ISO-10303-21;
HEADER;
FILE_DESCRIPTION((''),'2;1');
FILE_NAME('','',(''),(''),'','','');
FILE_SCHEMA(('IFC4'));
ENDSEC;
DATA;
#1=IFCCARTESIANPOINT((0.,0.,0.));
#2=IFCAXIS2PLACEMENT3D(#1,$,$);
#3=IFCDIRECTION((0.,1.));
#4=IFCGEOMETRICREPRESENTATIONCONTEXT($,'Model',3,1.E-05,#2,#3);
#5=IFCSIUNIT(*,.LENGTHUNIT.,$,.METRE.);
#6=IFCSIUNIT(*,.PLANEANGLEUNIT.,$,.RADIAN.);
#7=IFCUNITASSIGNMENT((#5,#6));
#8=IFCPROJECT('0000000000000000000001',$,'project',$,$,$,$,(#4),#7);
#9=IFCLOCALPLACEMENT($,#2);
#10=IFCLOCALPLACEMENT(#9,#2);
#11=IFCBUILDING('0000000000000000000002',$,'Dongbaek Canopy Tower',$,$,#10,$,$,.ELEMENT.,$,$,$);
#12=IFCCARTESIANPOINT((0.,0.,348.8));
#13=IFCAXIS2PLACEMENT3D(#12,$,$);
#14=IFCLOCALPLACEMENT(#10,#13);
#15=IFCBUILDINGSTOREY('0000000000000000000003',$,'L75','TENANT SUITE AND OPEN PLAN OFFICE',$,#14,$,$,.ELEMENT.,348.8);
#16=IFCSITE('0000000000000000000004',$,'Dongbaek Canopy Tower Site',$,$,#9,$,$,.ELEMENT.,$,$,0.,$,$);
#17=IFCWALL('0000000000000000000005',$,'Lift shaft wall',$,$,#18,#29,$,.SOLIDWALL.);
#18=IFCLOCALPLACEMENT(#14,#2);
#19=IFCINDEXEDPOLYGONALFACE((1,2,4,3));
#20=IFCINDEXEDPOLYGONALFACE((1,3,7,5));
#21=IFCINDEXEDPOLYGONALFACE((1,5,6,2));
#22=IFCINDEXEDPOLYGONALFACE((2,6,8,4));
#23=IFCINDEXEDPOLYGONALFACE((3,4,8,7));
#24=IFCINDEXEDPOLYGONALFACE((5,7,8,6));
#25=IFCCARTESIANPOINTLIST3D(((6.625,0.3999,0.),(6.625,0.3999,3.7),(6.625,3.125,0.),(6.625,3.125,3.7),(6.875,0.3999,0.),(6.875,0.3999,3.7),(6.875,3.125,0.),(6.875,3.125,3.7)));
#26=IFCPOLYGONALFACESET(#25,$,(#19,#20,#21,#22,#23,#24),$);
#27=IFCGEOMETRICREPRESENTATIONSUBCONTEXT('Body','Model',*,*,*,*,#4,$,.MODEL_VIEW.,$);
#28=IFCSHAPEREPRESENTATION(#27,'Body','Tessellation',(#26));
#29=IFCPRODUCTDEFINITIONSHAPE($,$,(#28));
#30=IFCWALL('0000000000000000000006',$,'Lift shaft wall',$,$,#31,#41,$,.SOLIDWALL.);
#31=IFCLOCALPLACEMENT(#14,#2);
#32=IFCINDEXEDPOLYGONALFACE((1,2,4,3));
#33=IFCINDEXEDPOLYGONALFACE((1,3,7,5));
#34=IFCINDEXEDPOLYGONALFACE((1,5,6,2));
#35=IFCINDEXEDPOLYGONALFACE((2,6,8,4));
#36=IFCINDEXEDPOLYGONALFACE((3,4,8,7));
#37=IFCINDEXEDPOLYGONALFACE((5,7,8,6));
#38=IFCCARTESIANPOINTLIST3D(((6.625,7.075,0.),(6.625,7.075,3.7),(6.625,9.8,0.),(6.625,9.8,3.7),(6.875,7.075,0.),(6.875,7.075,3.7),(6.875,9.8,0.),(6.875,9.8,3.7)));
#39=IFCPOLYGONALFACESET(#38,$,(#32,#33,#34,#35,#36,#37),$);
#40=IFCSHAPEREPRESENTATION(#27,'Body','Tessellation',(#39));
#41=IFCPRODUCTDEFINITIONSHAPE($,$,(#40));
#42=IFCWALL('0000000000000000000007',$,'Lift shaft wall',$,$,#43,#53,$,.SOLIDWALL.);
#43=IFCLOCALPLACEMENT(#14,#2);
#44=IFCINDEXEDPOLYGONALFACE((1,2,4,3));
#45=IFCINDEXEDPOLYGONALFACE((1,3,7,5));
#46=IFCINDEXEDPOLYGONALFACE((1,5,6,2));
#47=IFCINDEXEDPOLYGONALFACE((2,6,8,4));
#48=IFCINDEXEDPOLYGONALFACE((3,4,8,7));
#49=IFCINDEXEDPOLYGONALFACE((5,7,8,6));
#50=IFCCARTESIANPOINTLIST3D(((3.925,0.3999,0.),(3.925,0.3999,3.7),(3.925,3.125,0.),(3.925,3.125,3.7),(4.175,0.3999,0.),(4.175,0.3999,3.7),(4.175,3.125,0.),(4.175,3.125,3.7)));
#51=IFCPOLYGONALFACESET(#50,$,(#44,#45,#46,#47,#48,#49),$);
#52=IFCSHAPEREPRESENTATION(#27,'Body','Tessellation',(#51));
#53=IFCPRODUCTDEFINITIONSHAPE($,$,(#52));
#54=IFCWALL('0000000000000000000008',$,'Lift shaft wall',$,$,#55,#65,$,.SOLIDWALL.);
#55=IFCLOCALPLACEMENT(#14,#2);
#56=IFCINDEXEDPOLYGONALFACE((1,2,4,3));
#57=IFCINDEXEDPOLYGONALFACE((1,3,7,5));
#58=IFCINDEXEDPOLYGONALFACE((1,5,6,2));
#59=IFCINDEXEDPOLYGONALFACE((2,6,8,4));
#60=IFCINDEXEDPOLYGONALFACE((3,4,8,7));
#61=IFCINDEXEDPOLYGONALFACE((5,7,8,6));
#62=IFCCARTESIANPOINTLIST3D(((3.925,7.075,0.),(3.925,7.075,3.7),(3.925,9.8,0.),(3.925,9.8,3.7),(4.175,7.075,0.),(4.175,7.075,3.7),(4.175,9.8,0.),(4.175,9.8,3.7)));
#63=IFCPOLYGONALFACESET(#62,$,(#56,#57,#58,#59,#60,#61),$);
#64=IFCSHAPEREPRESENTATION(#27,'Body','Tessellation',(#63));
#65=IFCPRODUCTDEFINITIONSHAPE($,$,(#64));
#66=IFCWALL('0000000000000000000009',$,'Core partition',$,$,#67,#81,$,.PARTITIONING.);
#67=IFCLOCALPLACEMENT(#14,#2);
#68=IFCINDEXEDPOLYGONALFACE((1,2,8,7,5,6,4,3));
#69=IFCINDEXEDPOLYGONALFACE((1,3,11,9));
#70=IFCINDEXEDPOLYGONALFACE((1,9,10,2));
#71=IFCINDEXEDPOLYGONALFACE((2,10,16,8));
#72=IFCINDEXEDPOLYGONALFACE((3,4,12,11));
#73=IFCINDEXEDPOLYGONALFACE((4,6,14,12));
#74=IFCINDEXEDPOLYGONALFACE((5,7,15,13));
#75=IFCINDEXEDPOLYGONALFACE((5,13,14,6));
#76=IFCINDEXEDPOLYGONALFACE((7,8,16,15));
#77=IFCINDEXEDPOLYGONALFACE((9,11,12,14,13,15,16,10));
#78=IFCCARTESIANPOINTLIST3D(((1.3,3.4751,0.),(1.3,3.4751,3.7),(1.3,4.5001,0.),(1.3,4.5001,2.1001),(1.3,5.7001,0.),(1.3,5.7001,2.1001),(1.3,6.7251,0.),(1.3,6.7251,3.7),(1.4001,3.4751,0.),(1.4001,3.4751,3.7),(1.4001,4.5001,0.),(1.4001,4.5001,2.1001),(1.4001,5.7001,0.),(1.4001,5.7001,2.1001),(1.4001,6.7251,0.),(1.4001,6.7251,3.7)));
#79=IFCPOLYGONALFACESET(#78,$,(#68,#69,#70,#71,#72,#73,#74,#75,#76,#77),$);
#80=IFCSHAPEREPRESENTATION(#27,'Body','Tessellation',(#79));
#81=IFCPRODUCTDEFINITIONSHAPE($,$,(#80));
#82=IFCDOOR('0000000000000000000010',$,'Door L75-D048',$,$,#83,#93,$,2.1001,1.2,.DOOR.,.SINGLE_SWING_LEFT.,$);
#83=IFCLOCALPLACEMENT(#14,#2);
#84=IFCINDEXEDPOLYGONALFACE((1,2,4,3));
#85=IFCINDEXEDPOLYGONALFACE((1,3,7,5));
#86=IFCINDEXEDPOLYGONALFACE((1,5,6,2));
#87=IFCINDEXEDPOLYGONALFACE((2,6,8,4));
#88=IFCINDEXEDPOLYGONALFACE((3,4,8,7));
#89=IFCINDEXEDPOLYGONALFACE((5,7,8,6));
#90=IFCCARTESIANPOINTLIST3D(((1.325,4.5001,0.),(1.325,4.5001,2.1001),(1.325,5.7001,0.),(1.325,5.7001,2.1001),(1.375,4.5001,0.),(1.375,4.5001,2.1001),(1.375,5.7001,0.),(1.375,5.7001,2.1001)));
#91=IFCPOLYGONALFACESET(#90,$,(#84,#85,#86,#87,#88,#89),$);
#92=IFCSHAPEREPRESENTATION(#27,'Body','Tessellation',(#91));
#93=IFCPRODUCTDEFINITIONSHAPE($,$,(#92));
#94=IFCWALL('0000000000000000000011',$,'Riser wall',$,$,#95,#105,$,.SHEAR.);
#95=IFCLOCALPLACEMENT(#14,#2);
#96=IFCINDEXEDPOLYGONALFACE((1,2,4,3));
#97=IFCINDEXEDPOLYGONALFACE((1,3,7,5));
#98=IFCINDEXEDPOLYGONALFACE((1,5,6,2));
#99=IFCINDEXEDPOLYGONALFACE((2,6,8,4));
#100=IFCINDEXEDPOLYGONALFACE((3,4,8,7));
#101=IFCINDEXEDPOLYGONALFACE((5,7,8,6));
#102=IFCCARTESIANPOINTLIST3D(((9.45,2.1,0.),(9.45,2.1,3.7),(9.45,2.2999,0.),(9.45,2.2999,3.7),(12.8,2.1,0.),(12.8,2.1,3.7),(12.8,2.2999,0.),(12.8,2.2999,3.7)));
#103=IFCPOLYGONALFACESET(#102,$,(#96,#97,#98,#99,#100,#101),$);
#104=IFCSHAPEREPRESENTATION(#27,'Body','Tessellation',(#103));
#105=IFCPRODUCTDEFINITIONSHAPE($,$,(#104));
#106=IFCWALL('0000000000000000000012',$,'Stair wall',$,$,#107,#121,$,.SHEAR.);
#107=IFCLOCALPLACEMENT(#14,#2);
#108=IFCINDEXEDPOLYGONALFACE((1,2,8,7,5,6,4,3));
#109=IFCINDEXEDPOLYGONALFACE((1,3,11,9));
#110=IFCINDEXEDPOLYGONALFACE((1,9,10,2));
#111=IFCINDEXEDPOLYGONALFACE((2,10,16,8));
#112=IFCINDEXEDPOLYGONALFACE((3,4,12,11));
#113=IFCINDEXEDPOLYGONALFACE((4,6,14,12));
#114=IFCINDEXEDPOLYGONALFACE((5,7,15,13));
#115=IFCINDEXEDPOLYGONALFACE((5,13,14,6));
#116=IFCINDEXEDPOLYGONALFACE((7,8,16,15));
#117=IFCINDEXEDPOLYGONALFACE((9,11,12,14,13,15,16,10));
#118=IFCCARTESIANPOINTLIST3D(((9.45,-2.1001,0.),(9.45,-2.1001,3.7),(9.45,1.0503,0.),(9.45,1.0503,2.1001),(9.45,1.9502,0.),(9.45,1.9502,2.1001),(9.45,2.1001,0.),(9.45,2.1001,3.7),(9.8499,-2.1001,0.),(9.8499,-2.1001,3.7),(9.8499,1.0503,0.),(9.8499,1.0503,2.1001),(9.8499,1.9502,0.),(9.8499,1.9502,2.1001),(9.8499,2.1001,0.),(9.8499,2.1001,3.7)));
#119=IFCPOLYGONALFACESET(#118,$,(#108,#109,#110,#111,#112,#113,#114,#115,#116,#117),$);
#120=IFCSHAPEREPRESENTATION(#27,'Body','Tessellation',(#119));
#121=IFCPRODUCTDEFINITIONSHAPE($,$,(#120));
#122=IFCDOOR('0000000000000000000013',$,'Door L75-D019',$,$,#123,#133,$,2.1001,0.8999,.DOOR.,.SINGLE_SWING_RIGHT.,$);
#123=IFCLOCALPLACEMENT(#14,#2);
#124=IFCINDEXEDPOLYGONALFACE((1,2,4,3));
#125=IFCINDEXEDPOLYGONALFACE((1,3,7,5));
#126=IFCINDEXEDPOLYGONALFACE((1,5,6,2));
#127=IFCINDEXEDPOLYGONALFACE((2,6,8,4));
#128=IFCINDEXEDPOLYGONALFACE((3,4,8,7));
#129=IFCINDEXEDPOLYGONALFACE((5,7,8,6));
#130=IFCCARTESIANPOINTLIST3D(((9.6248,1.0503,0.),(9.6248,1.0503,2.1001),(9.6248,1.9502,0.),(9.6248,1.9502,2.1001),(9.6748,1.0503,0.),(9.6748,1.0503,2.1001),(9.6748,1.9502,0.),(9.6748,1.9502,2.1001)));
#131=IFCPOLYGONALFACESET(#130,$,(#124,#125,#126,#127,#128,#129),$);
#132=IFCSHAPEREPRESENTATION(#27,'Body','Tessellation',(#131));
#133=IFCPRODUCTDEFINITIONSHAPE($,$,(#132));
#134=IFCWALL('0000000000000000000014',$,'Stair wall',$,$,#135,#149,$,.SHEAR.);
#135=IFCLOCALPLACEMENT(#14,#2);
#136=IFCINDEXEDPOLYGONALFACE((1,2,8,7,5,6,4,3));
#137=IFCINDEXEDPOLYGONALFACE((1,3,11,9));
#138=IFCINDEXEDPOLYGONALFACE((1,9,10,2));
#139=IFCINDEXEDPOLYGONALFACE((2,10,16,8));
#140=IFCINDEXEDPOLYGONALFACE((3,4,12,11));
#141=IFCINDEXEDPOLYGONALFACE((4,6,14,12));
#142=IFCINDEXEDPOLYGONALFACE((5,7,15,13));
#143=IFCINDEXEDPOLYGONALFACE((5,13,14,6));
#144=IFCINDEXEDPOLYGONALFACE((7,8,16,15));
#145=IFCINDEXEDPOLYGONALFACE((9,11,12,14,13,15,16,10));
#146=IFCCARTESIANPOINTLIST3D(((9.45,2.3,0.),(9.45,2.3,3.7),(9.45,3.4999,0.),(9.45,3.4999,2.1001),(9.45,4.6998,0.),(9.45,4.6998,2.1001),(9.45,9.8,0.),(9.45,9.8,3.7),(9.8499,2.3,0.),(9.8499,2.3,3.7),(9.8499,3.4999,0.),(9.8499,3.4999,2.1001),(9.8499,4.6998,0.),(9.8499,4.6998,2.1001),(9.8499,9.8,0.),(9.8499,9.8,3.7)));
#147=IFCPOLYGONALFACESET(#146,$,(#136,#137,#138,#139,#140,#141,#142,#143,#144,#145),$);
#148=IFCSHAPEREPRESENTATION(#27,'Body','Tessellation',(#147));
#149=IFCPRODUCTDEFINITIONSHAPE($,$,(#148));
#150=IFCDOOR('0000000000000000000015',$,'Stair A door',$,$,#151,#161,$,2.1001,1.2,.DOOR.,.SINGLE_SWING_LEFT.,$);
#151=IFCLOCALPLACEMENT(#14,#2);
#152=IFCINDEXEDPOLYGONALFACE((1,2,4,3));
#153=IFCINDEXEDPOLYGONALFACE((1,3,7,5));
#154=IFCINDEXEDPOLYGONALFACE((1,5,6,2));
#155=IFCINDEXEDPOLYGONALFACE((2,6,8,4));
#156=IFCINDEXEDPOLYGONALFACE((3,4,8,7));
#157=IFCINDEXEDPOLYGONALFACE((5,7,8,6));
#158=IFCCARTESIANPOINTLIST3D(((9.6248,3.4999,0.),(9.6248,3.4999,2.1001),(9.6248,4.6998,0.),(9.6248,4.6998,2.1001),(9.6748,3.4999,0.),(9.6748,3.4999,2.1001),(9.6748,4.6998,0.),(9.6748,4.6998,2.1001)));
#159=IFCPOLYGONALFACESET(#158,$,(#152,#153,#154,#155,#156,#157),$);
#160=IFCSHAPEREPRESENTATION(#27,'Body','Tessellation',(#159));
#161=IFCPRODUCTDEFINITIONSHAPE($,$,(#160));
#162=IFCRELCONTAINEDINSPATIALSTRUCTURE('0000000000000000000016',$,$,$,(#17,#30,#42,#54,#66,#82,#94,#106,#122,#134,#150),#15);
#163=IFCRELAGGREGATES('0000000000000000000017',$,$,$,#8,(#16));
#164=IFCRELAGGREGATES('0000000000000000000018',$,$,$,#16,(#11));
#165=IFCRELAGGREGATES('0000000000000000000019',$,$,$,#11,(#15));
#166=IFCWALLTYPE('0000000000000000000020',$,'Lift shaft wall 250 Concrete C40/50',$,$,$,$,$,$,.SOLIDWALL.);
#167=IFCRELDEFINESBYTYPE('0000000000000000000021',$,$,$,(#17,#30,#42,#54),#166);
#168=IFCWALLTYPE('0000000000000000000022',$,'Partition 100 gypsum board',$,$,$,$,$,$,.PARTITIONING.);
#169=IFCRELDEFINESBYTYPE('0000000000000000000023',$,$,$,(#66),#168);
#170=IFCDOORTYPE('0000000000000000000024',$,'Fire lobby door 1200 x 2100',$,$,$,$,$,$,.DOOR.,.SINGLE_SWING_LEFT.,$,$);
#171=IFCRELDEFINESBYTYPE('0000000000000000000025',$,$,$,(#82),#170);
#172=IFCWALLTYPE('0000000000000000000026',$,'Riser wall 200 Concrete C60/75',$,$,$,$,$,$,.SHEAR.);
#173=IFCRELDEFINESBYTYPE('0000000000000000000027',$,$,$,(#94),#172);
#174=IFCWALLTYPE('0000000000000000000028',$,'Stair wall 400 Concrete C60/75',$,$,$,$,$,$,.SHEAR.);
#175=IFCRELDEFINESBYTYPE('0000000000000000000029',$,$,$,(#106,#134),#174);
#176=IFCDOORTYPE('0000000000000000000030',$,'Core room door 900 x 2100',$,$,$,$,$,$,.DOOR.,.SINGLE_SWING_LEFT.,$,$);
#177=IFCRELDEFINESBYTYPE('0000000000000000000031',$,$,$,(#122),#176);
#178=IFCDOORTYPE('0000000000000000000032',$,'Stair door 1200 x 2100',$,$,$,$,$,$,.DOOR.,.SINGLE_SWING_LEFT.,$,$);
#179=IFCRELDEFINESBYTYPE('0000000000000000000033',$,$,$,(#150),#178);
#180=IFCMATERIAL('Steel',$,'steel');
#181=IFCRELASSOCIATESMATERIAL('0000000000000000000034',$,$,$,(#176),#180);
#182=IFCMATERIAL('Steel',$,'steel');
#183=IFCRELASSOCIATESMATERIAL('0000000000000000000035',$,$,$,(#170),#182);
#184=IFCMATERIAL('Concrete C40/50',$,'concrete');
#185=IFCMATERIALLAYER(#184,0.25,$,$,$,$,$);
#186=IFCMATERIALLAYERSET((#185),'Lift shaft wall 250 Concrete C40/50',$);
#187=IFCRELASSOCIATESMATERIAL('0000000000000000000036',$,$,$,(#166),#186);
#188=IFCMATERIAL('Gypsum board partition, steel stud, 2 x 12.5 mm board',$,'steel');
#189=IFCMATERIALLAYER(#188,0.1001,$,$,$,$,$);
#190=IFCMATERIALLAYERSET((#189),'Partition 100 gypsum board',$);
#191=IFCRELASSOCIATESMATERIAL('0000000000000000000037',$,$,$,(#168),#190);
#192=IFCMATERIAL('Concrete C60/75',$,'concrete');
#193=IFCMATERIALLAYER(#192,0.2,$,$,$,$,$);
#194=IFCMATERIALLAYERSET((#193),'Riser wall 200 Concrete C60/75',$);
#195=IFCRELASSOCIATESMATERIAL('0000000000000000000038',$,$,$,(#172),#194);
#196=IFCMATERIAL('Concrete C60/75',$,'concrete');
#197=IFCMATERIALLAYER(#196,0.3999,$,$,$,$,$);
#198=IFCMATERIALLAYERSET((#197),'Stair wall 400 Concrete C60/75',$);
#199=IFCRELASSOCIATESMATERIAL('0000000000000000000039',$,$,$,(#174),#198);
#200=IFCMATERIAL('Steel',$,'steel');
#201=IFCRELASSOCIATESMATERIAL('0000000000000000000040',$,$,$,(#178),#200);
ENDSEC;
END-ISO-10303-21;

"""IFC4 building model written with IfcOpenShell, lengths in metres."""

from ifc_helpers import new_model, si_unit, direction, frame, frame_2d, origin, place, context, subcontext, project, spatial, rectangle, extrude, material, layer, layer_set, type_object, element, fill, save


model = new_model("IFC4")

# Units and contexts
model_context = context("Model", 3, precision=1e-05, world=origin(), true_north=direction((0.0, 1.0)))
body_context = subcontext(model_context, "Body", "Model", "MODEL_VIEW")
ifc_project = project(units=[si_unit("LENGTHUNIT", "METRE"), si_unit("PLANEANGLEUNIT", "RADIAN")], contexts=[model_context])

# Site, building, storey
site_placement = place(None, origin())
site = spatial("IfcSite", under=ifc_project, at=site_placement, Name="Dongbaek Canopy Tower Site", CompositionType="ELEMENT", RefElevation=0.0)
building_placement = place(site_placement, origin())
building = spatial("IfcBuilding", under=site, at=building_placement, Name="Dongbaek Canopy Tower", CompositionType="ELEMENT")
storey_placement = place(building_placement, frame((0.0, 0.0, 348.8)))
storey = spatial("IfcBuildingStorey", under=building, at=storey_placement, Name="L75", Description="TENANT SUITE AND OPEN PLAN OFFICE", CompositionType="ELEMENT", Elevation=348.8)

# Shared definitions
ifc_material_1 = material(Name="Steel", Category="steel")
door_type_1 = type_object("IfcDoorType", Name="Core room door 900 x 2100", OperationType="SINGLE_SWING_LEFT", PredefinedType="DOOR", material=ifc_material_1)

# Shared definitions
ifc_material_2 = material(Name="Steel", Category="steel")
door_type_2 = type_object("IfcDoorType", Name="Fire lobby door 1200 x 2100", OperationType="SINGLE_SWING_LEFT", PredefinedType="DOOR", material=ifc_material_2)

# Walls
ifc_material_3 = material(Name="Concrete C40/50", Category="concrete")
ifc_layer_1 = layer(ifc_material_3, 0.25)
ifc_layer_set_1 = layer_set([ifc_layer_1], Name="Lift shaft wall 250 Concrete C40/50")
wall_type_1 = type_object("IfcWallType", Name="Lift shaft wall 250 Concrete C40/50", PredefinedType="SOLIDWALL", material=ifc_layer_set_1)
for number, where, z_axis, x_axis, name in (
    (1, (6.75, 0.3999, 0.0), (0.0, 0.0, 1.0), (0.0, 1.0, 0.0), "Lift shaft wall"),
    (2, (6.75, 7.075, 0.0), (0.0, 0.0, 1.0), (0.0, 1.0, 0.0), "Lift shaft wall"),
    (3, (4.05, 0.3999, 0.0), (0.0, 0.0, 1.0), (0.0, 1.0, 0.0), "Lift shaft wall"),
    (4, (4.05, 7.075, 0.0), (0.0, 0.0, 1.0), (0.0, 1.0, 0.0), "Lift shaft wall"),
):
    element("IfcWall", number, at=place(storey_placement, frame(where, z_axis=z_axis, x_axis=x_axis)), inside=storey, type_object=wall_type_1, Name=name, PredefinedType="SOLIDWALL", context=body_context, shape_type="SweptSolid", body=[
        extrude(rectangle(XDim=2.7251, YDim=0.25, at=frame_2d((1.3625, 0.0))), origin(), (0.0, 0.0, 1.0), 3.7),
    ])

# Wall, opening, door
ifc_material_4 = material(Name="Gypsum board partition, steel stud, 2 x 12.5 mm board", Category="steel")
ifc_layer_2 = layer(ifc_material_4, 0.1001)
ifc_layer_set_2 = layer_set([ifc_layer_2], Name="Partition 100 gypsum board")
wall_type_2 = type_object("IfcWallType", Name="Partition 100 gypsum board", PredefinedType="PARTITIONING", material=ifc_layer_set_2)
wall_1_placement = place(storey_placement, frame((1.3501, 6.7251, 0.0), z_axis=(0.0, 0.0, 1.0), x_axis=(0.0, -1.0, 0.0)))
wall_1 = element("IfcWall", 5, at=wall_1_placement, inside=storey, type_object=wall_type_2, Name="Core partition", PredefinedType="PARTITIONING", context=body_context, shape_type="SweptSolid", body=[
    extrude(rectangle(XDim=3.25, YDim=0.1001, at=frame_2d((1.625, 0.0))), origin(), (0.0, 0.0, 1.0), 3.7),
])
opening_1_placement = place(wall_1_placement, frame((1.0249, 0.0, 0.0)))
opening_1 = element("IfcOpeningElement", 6, at=opening_1_placement, cuts=wall_1, PredefinedType="OPENING", context=body_context, shape_type="SweptSolid", body=[
    extrude(rectangle(XDim=1.2, YDim=2.1001, at=frame_2d((0.6001, 1.05))), frame((0.0, 0.0601, 0.0), z_axis=(0.0, -1.0, 0.0), x_axis=(1.0, 0.0, 0.0)), (0.0, 0.0, 1.0), 0.1201),
])
door_1_placement = place(opening_1_placement, origin())
door_1 = element("IfcDoor", 7, at=door_1_placement, inside=storey, type_object=door_type_2, Name="Door L75-D048", OperationType="SINGLE_SWING_LEFT", OverallHeight=2.1001, OverallWidth=1.2, PredefinedType="DOOR", context=body_context, shape_type="SweptSolid", body=[
    extrude(rectangle(XDim=1.2, YDim=2.1001, at=frame_2d((0.6001, 1.05))), frame((0.0, 0.0249, 0.0), z_axis=(0.0, -1.0, 0.0), x_axis=(1.0, 0.0, 0.0)), (0.0, 0.0, 1.0), 0.05),
])
fill(opening_1, door_1)

# Wall
ifc_material_5 = material(Name="Concrete C60/75", Category="concrete")
ifc_layer_3 = layer(ifc_material_5, 0.2)
ifc_layer_set_3 = layer_set([ifc_layer_3], Name="Riser wall 200 Concrete C60/75")
wall_type_3 = type_object("IfcWallType", Name="Riser wall 200 Concrete C60/75", PredefinedType="SHEAR", material=ifc_layer_set_3)
wall_2_placement = place(storey_placement, frame((9.45, 2.2, 0.0), z_axis=(0.0, 0.0, 1.0), x_axis=(1.0, 0.0, 0.0)))
element("IfcWall", 8, at=wall_2_placement, inside=storey, type_object=wall_type_3, Name="Riser wall", PredefinedType="SHEAR", context=body_context, shape_type="SweptSolid", body=[
    extrude(rectangle(XDim=3.3501, YDim=0.2, at=frame_2d((1.675, 0.0))), origin(), (0.0, 0.0, 1.0), 3.7),
])

# Walls, openings, doors
ifc_material_6 = material(Name="Concrete C60/75", Category="concrete")
ifc_layer_4 = layer(ifc_material_6, 0.3999)
ifc_layer_set_4 = layer_set([ifc_layer_4], Name="Stair wall 400 Concrete C60/75")
wall_type_4 = type_object("IfcWallType", Name="Stair wall 400 Concrete C60/75", PredefinedType="SHEAR", material=ifc_layer_set_4)
wall_3_placement = place(storey_placement, frame((9.6499, 2.1001, 0.0), z_axis=(0.0, 0.0, 1.0), x_axis=(0.0, -1.0, 0.0)))
wall_3 = element("IfcWall", 9, at=wall_3_placement, inside=storey, type_object=wall_type_4, Name="Stair wall", PredefinedType="SHEAR", context=body_context, shape_type="SweptSolid", body=[
    extrude(rectangle(XDim=4.2002, YDim=0.3999, at=frame_2d((2.1001, 0.0))), origin(), (0.0, 0.0, 1.0), 3.7),
])
opening_2_placement = place(wall_3_placement, frame((0.1499, 0.0, 0.0)))
opening_2 = element("IfcOpeningElement", 10, at=opening_2_placement, cuts=wall_3, PredefinedType="OPENING", context=body_context, shape_type="SweptSolid", body=[
    extrude(rectangle(XDim=0.8999, YDim=2.1001, at=frame_2d((0.45, 1.05))), frame((0.0, 0.21, 0.0), z_axis=(0.0, -1.0, 0.0), x_axis=(1.0, 0.0, 0.0)), (0.0, 0.0, 1.0), 0.4199),
])
door_2_placement = place(opening_2_placement, origin())
door_2 = element("IfcDoor", 11, at=door_2_placement, inside=storey, type_object=door_type_1, Name="Door L75-D019", OperationType="SINGLE_SWING_RIGHT", OverallHeight=2.1001, OverallWidth=0.8999, PredefinedType="DOOR", context=body_context, shape_type="SweptSolid", body=[
    extrude(rectangle(XDim=0.8999, YDim=2.1001, at=frame_2d((0.45, 1.05))), frame((0.0, 0.0249, 0.0), z_axis=(0.0, -1.0, 0.0), x_axis=(1.0, 0.0, 0.0)), (0.0, 0.0, 1.0), 0.05),
])
fill(opening_2, door_2)
wall_4_placement = place(storey_placement, frame((9.6499, 9.8, 0.0), z_axis=(0.0, 0.0, 1.0), x_axis=(0.0, -1.0, 0.0)))
wall_4 = element("IfcWall", 12, at=wall_4_placement, inside=storey, type_object=wall_type_4, Name="Stair wall", PredefinedType="SHEAR", context=body_context, shape_type="SweptSolid", body=[
    extrude(rectangle(XDim=7.5, YDim=0.3999, at=frame_2d((3.75, 0.0))), origin(), (0.0, 0.0, 1.0), 3.7),
])
opening_3_placement = place(wall_4_placement, frame((5.1001, 0.0, 0.0)))
opening_3 = element("IfcOpeningElement", 13, at=opening_3_placement, cuts=wall_4, PredefinedType="OPENING", context=body_context, shape_type="SweptSolid", body=[
    extrude(rectangle(XDim=1.2, YDim=2.1001, at=frame_2d((0.6001, 1.05))), frame((0.0, 0.21, 0.0), z_axis=(0.0, -1.0, 0.0), x_axis=(1.0, 0.0, 0.0)), (0.0, 0.0, 1.0), 0.4199),
])
ifc_material_7 = material(Name="Steel", Category="steel")
door_type_3 = type_object("IfcDoorType", Name="Stair door 1200 x 2100", OperationType="SINGLE_SWING_LEFT", PredefinedType="DOOR", material=ifc_material_7)
door_3_placement = place(opening_3_placement, origin())
door_3 = element("IfcDoor", 14, at=door_3_placement, inside=storey, type_object=door_type_3, Name="Stair A door", OperationType="SINGLE_SWING_LEFT", OverallHeight=2.1001, OverallWidth=1.2, PredefinedType="DOOR", context=body_context, shape_type="SweptSolid", body=[
    extrude(rectangle(XDim=1.2, YDim=2.1001, at=frame_2d((0.6001, 1.05))), frame((0.0, 0.0249, 0.0), z_axis=(0.0, -1.0, 0.0), x_axis=(1.0, 0.0, 0.0)), (0.0, 0.0, 1.0), 0.05),
])
fill(opening_3, door_3)

save(model, "model.ifc")
